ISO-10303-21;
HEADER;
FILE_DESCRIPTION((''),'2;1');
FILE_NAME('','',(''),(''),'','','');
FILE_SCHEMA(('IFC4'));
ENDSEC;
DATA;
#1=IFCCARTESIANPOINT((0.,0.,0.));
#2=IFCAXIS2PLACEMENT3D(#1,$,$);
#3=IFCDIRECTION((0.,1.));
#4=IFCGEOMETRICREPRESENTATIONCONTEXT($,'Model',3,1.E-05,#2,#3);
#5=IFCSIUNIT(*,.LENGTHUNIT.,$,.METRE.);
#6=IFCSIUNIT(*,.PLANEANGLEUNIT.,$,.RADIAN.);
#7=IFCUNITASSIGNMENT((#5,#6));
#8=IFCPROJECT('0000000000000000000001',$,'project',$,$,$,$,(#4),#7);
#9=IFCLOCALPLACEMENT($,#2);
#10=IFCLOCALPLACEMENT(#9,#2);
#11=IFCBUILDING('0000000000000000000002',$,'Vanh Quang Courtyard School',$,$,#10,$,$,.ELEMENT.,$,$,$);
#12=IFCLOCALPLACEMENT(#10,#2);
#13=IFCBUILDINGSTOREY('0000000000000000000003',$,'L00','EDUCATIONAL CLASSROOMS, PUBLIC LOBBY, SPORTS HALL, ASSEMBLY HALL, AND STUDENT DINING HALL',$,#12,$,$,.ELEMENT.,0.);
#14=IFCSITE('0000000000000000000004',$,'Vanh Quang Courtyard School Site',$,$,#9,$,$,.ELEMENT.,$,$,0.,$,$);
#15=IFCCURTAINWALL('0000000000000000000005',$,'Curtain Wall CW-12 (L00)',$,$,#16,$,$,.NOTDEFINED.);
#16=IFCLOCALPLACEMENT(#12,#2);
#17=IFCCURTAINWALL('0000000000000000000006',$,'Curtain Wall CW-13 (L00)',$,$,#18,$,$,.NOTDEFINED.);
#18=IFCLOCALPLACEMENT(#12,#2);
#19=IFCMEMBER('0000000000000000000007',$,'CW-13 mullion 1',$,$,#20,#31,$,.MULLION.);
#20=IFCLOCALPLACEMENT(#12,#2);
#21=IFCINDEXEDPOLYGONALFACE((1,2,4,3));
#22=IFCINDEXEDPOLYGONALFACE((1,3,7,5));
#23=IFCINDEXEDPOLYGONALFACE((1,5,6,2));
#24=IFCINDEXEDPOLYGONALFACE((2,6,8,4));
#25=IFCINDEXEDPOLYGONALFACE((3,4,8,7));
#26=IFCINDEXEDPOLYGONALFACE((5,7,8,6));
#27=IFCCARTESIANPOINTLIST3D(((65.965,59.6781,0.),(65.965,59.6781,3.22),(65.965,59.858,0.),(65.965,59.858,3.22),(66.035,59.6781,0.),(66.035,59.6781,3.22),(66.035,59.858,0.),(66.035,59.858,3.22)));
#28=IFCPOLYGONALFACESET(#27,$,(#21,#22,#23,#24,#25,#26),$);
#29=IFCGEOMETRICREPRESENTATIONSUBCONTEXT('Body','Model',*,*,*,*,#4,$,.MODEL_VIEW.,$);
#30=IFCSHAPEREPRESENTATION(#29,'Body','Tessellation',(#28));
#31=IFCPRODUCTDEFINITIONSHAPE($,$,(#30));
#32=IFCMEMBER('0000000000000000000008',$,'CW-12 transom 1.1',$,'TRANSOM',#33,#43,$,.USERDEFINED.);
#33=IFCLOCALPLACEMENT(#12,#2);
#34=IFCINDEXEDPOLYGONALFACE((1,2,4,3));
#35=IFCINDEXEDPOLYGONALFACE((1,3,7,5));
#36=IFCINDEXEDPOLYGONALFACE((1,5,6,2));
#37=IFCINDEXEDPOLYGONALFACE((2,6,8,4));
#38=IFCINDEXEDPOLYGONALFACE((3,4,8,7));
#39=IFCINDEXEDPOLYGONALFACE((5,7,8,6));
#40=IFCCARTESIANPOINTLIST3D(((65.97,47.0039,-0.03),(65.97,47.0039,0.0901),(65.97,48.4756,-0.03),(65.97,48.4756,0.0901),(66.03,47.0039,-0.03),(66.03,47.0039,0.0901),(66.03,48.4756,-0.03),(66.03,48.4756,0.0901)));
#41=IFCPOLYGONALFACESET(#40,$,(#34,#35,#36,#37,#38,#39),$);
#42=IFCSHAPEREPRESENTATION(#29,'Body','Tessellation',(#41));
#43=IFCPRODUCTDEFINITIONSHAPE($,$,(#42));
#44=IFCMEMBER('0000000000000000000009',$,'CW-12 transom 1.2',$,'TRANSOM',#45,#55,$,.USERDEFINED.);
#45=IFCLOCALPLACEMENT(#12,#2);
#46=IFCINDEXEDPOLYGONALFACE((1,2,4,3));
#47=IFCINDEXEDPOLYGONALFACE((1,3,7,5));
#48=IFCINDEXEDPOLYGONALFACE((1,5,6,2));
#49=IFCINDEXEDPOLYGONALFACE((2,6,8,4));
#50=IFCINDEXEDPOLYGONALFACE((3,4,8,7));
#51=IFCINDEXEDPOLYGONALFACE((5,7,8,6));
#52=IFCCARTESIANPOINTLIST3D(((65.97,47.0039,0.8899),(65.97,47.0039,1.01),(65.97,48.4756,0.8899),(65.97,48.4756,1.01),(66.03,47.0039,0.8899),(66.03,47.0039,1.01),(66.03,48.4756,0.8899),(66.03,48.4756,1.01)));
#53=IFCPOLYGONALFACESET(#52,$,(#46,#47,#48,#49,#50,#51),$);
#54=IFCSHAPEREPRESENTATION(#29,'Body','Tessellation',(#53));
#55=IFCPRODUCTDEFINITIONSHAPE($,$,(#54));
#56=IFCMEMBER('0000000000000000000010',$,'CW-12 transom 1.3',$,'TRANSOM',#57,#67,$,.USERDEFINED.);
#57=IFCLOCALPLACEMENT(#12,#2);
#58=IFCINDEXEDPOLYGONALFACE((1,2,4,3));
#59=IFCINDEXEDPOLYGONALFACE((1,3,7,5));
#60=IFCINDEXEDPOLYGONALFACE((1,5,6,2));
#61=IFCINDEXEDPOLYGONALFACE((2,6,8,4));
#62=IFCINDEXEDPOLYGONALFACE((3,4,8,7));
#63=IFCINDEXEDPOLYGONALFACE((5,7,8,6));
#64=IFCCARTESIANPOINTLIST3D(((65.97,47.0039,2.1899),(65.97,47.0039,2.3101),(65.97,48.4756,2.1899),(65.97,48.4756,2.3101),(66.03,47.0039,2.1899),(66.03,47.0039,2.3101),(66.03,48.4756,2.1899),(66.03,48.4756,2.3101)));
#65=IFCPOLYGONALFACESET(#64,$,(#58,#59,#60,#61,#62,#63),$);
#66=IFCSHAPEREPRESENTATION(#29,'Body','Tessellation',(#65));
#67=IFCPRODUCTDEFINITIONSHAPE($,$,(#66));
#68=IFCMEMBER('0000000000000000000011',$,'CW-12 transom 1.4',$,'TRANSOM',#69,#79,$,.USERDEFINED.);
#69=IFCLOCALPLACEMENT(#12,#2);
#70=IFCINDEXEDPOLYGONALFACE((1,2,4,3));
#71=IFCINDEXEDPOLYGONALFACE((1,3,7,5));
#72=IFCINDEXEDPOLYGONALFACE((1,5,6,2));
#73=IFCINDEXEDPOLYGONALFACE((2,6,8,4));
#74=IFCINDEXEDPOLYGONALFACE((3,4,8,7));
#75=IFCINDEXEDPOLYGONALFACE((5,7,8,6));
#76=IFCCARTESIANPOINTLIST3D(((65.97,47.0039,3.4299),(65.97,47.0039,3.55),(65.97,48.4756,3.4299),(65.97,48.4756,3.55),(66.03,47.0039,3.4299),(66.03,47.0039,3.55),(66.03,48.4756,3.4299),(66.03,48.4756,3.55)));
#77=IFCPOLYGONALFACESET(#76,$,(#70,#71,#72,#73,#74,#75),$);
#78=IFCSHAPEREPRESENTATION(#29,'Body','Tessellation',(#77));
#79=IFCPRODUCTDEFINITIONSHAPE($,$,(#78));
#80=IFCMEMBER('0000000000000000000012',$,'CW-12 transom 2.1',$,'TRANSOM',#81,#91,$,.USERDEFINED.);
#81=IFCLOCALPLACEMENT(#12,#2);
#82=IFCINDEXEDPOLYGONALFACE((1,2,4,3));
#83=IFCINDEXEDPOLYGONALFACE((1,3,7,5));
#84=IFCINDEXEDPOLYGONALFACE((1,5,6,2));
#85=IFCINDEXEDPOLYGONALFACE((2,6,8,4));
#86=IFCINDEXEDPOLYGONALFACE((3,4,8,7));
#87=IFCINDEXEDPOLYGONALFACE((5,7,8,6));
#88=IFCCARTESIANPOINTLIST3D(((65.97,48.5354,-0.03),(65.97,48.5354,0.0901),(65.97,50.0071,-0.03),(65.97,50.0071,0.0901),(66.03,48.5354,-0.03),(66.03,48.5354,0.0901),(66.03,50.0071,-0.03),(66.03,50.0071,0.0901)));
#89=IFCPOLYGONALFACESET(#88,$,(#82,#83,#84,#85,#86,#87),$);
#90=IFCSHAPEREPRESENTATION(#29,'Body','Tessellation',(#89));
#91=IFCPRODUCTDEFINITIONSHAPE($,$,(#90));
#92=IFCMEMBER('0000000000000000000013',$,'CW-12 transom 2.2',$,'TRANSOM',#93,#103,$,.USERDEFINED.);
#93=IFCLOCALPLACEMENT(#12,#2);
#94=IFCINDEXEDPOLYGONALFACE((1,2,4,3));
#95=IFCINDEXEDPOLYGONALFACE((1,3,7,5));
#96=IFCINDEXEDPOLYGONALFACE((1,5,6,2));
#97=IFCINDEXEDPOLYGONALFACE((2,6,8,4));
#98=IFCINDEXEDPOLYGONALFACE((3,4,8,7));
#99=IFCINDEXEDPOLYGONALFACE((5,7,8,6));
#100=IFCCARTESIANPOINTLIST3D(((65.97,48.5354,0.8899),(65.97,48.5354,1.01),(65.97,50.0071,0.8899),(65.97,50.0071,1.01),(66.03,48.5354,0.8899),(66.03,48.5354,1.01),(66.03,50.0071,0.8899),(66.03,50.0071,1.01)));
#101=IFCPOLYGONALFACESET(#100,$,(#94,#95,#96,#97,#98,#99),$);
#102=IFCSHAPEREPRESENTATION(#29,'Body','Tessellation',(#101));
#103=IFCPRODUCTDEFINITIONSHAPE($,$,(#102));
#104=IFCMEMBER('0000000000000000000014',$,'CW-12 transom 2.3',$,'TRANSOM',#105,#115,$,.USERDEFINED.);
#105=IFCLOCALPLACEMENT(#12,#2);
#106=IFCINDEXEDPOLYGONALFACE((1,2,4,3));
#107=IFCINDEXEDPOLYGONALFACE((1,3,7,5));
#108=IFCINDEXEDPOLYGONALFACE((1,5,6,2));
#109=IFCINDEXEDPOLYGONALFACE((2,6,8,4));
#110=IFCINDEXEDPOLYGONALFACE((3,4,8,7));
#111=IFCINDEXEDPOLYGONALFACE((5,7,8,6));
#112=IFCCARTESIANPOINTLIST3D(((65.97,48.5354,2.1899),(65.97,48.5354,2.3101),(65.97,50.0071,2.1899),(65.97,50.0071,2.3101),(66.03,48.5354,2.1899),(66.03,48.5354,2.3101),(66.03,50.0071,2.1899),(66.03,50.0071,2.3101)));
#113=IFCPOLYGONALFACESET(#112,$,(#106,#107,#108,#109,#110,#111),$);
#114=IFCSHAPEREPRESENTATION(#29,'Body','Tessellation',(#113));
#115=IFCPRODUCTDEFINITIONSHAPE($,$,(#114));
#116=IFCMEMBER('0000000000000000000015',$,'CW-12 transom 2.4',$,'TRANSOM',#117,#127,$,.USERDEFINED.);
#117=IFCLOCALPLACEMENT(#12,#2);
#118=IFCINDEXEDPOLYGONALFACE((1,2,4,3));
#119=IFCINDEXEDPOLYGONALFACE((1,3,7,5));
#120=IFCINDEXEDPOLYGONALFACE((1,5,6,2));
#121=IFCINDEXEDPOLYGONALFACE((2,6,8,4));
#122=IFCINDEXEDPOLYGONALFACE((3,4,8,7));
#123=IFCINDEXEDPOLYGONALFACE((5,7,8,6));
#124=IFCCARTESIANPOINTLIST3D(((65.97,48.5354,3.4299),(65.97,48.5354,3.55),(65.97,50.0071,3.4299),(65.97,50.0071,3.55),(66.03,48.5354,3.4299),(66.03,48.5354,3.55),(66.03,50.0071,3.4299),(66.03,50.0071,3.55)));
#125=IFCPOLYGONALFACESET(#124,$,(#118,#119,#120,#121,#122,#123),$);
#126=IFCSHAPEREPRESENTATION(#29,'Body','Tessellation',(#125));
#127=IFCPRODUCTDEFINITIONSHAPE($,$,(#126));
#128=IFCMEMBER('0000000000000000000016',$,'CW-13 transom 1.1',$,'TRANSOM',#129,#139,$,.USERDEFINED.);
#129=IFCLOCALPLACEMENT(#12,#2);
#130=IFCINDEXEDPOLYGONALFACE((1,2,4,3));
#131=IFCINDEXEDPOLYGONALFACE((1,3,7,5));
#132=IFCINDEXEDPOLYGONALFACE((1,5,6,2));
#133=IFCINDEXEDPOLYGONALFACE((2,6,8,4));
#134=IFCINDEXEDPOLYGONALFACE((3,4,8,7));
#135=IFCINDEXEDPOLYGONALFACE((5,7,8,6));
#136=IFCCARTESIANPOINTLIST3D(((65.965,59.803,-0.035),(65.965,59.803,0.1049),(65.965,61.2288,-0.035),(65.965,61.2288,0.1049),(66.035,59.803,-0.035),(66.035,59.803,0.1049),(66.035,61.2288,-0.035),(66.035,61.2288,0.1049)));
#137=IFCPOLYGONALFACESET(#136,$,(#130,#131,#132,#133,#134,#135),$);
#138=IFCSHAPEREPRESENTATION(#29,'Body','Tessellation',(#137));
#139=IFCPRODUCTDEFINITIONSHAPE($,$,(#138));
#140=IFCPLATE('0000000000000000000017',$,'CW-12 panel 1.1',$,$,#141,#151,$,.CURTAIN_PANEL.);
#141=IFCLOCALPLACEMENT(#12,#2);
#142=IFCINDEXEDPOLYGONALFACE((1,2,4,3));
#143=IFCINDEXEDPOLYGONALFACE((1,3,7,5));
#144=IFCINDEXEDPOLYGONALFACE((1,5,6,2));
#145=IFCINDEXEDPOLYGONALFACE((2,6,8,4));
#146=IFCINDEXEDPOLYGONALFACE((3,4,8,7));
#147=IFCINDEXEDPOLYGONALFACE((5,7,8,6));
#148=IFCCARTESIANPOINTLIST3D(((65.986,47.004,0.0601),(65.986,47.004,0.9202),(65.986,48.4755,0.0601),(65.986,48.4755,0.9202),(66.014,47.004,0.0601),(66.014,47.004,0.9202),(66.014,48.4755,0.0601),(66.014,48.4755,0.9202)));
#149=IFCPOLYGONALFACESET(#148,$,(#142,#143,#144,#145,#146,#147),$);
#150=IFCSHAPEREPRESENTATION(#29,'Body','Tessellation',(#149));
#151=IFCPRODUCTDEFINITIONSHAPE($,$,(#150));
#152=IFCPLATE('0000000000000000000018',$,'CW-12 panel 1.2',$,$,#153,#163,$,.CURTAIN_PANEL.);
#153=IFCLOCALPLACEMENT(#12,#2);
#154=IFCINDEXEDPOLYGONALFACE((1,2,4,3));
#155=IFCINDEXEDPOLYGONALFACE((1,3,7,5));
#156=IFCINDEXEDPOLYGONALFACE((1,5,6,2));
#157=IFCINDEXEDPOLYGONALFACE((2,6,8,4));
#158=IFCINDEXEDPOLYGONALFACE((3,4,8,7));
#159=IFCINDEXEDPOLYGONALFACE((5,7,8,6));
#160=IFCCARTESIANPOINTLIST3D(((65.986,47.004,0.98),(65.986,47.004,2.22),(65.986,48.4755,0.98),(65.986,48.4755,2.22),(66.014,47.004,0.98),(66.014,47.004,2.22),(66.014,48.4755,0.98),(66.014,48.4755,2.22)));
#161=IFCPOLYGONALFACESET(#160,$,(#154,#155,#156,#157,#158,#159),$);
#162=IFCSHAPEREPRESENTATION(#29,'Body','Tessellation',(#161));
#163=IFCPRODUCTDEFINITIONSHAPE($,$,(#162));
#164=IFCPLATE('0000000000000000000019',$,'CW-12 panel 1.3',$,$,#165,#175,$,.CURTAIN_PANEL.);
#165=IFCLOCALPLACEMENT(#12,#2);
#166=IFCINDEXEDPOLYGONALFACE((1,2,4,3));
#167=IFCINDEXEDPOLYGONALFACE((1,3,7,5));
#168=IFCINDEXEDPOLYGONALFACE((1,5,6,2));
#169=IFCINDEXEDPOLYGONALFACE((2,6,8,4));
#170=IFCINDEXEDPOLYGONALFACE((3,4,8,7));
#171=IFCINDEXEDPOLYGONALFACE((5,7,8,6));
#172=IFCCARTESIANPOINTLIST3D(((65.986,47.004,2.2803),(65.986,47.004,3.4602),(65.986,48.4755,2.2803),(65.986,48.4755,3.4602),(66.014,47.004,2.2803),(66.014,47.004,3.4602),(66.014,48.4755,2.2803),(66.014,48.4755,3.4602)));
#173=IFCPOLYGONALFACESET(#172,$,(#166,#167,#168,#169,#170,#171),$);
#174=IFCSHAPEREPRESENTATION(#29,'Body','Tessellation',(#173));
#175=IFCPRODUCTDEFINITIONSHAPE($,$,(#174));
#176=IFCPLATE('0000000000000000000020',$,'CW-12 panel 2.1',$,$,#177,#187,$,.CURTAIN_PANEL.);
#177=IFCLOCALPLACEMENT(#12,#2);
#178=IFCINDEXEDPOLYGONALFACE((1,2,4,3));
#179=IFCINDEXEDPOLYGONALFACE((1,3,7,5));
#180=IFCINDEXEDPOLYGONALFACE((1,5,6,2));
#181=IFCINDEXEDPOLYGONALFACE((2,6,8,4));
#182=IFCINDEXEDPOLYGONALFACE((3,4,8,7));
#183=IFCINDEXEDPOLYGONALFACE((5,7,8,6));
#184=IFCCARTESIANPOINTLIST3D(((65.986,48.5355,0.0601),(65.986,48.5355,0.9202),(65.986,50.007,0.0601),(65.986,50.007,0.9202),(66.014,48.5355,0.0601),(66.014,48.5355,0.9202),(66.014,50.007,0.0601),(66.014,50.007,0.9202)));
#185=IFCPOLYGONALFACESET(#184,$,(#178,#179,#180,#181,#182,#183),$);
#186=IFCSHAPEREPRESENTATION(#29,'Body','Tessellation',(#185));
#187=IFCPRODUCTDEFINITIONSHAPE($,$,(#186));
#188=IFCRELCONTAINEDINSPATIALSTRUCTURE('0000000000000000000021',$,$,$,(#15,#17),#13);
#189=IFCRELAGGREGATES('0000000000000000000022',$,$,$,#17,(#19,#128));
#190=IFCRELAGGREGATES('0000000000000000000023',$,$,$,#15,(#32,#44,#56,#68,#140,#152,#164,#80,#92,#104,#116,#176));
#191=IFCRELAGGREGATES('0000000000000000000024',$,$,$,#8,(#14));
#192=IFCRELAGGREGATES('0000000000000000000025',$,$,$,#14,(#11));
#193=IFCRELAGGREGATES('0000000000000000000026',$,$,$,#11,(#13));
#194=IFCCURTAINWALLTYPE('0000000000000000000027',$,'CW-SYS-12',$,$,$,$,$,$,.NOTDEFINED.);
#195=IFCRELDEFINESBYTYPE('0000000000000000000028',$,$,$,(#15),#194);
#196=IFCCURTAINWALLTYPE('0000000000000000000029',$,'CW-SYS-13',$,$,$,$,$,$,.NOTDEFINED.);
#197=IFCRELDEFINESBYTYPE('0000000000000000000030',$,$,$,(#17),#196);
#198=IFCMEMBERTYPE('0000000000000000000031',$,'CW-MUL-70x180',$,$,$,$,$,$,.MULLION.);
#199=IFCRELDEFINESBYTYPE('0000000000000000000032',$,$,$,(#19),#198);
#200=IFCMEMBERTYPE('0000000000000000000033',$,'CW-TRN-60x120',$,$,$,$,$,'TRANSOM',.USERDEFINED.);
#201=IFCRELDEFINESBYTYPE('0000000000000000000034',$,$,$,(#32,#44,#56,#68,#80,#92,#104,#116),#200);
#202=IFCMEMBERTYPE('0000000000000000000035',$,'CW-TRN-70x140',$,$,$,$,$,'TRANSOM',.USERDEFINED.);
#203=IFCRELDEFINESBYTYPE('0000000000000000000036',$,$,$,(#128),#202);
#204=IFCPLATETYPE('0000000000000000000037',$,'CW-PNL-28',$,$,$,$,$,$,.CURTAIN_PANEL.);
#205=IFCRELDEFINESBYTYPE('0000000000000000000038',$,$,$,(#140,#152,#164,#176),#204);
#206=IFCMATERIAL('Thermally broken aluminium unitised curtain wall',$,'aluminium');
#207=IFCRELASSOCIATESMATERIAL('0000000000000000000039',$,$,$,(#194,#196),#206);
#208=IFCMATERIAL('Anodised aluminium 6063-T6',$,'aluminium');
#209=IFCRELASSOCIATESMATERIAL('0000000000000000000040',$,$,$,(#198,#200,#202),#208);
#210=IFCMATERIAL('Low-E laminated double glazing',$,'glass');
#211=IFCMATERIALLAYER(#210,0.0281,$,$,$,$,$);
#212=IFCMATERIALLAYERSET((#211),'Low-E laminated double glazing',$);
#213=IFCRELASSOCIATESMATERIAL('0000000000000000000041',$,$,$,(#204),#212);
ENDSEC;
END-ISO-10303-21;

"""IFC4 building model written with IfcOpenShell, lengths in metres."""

from ifc_helpers import new_model, si_unit, direction, frame, origin, origin_2d, place, context, subcontext, project, spatial, rectangle, extrude, material, layer, layer_set, material_profile, profile_set, type_object, element, aggregate, save


model = new_model("IFC4")

# Units and contexts
model_context = context("Model", 3, precision=1e-05, world=origin(), true_north=direction((0.0, 1.0)))
body_context = subcontext(model_context, "Body", "Model", "MODEL_VIEW")
ifc_project = project(units=[si_unit("LENGTHUNIT", "METRE"), si_unit("PLANEANGLEUNIT", "RADIAN")], contexts=[model_context])

# Site, building, storey
site_placement = place(None, origin())
site = spatial("IfcSite", under=ifc_project, at=site_placement, Name="Vanh Quang Courtyard School Site", CompositionType="ELEMENT", RefElevation=0.0)
building_placement = place(site_placement, origin())
building = spatial("IfcBuilding", under=site, at=building_placement, Name="Vanh Quang Courtyard School", CompositionType="ELEMENT")
storey_placement = place(building_placement, origin())
storey = spatial("IfcBuildingStorey", under=building, at=storey_placement, Name="L00", Description="EDUCATIONAL CLASSROOMS, PUBLIC LOBBY, SPORTS HALL, ASSEMBLY HALL, AND STUDENT DINING HALL", CompositionType="ELEMENT", Elevation=0.0)

# Curtain wall
ifc_material_1 = material(Name="Thermally broken aluminium unitised curtain wall", Category="aluminium")
curtain_wall_type_1 = type_object("IfcCurtainWallType", Name="CW-SYS-12", PredefinedType="NOTDEFINED", material=ifc_material_1)
curtain_wall_1_placement = place(storey_placement, origin())
curtain_wall_1 = element("IfcCurtainWall", 1, at=curtain_wall_1_placement, inside=storey, type_object=curtain_wall_type_1, Name="Curtain Wall CW-12 (L00)", PredefinedType="NOTDEFINED")
ifc_material_2 = material(Name="Anodised aluminium 6063-T6", Category="aluminium")

# Curtain wall, member
curtain_wall_type_2 = type_object("IfcCurtainWallType", Name="CW-SYS-13", PredefinedType="NOTDEFINED", material=ifc_material_1)
curtain_wall_2_placement = place(storey_placement, origin())
curtain_wall_2 = element("IfcCurtainWall", 2, at=curtain_wall_2_placement, inside=storey, type_object=curtain_wall_type_2, Name="Curtain Wall CW-13 (L00)", PredefinedType="NOTDEFINED")
ifc_material_profile_1 = material_profile(ifc_material_2, rectangle(XDim=0.0701, YDim=0.1799, at=origin_2d()), Name="ALU-MUL 70x180")
ifc_profile_set_1 = profile_set([ifc_material_profile_1], Name="Anodised aluminium 6063-T6")
member_type_1 = type_object("IfcMemberType", Name="CW-MUL-70x180", PredefinedType="MULLION", material=ifc_profile_set_1)
member_1_placement = place(storey_placement, frame((66.0, 59.7681, 0.0), z_axis=(0.0, 0.0, 1.0), x_axis=(-1.0, 0.0, 0.0)))
member_1 = element("IfcMember", 3, at=member_1_placement, type_object=member_type_1, Name="CW-13 mullion 1", PredefinedType="MULLION", context=body_context, shape_type="SweptSolid", body=[
    extrude(rectangle(XDim=0.0701, YDim=0.1799, at=origin_2d()), origin(), (0.0, 0.0, 1.0), 3.22),
])

# Members
ifc_material_profile_2 = material_profile(ifc_material_2, rectangle(XDim=0.0601, YDim=0.1201, at=origin_2d()), Name="ALU-TRN 60x120")
ifc_profile_set_2 = profile_set([ifc_material_profile_2], Name="Anodised aluminium 6063-T6")
member_type_2 = type_object("IfcMemberType", Name="CW-TRN-60x120", ElementType="TRANSOM", PredefinedType="USERDEFINED", material=ifc_profile_set_2)
member_2_placement = place(storey_placement, frame((66.0, 47.0039, 0.03), z_axis=(0.0, 1.0, 0.0), x_axis=(-1.0, 0.0, 0.0)))
member_2 = element("IfcMember", 4, at=member_2_placement, type_object=member_type_2, Name="CW-12 transom 1.1", ObjectType="TRANSOM", PredefinedType="USERDEFINED", context=body_context, shape_type="SweptSolid", body=[
    extrude(rectangle(XDim=0.0601, YDim=0.1201, at=origin_2d()), origin(), (0.0, 0.0, 1.0), 1.4717),
])
member_3_placement = place(storey_placement, frame((66.0, 47.0039, 0.95), z_axis=(0.0, 1.0, 0.0), x_axis=(-1.0, 0.0, 0.0)))
member_3 = element("IfcMember", 5, at=member_3_placement, type_object=member_type_2, Name="CW-12 transom 1.2", ObjectType="TRANSOM", PredefinedType="USERDEFINED", context=body_context, shape_type="SweptSolid", body=[
    extrude(rectangle(XDim=0.0601, YDim=0.1201, at=origin_2d()), origin(), (0.0, 0.0, 1.0), 1.4717),
])
member_4_placement = place(storey_placement, frame((66.0, 47.0039, 2.25), z_axis=(0.0, 1.0, 0.0), x_axis=(-1.0, 0.0, 0.0)))
member_4 = element("IfcMember", 6, at=member_4_placement, type_object=member_type_2, Name="CW-12 transom 1.3", ObjectType="TRANSOM", PredefinedType="USERDEFINED", context=body_context, shape_type="SweptSolid", body=[
    extrude(rectangle(XDim=0.0601, YDim=0.1201, at=origin_2d()), origin(), (0.0, 0.0, 1.0), 1.4717),
])
member_5_placement = place(storey_placement, frame((66.0, 47.0039, 3.49), z_axis=(0.0, 1.0, 0.0), x_axis=(-1.0, 0.0, 0.0)))
member_5 = element("IfcMember", 7, at=member_5_placement, type_object=member_type_2, Name="CW-12 transom 1.4", ObjectType="TRANSOM", PredefinedType="USERDEFINED", context=body_context, shape_type="SweptSolid", body=[
    extrude(rectangle(XDim=0.0601, YDim=0.1201, at=origin_2d()), origin(), (0.0, 0.0, 1.0), 1.4717),
])
member_6_placement = place(storey_placement, frame((66.0, 48.5354, 0.03), z_axis=(0.0, 1.0, 0.0), x_axis=(-1.0, 0.0, 0.0)))
member_6 = element("IfcMember", 8, at=member_6_placement, type_object=member_type_2, Name="CW-12 transom 2.1", ObjectType="TRANSOM", PredefinedType="USERDEFINED", context=body_context, shape_type="SweptSolid", body=[
    extrude(rectangle(XDim=0.0601, YDim=0.1201, at=origin_2d()), origin(), (0.0, 0.0, 1.0), 1.4717),
])
member_7_placement = place(storey_placement, frame((66.0, 48.5354, 0.95), z_axis=(0.0, 1.0, 0.0), x_axis=(-1.0, 0.0, 0.0)))
member_7 = element("IfcMember", 9, at=member_7_placement, type_object=member_type_2, Name="CW-12 transom 2.2", ObjectType="TRANSOM", PredefinedType="USERDEFINED", context=body_context, shape_type="SweptSolid", body=[
    extrude(rectangle(XDim=0.0601, YDim=0.1201, at=origin_2d()), origin(), (0.0, 0.0, 1.0), 1.4717),
])
member_8_placement = place(storey_placement, frame((66.0, 48.5354, 2.25), z_axis=(0.0, 1.0, 0.0), x_axis=(-1.0, 0.0, 0.0)))
member_8 = element("IfcMember", 10, at=member_8_placement, type_object=member_type_2, Name="CW-12 transom 2.3", ObjectType="TRANSOM", PredefinedType="USERDEFINED", context=body_context, shape_type="SweptSolid", body=[
    extrude(rectangle(XDim=0.0601, YDim=0.1201, at=origin_2d()), origin(), (0.0, 0.0, 1.0), 1.4717),
])
member_9_placement = place(storey_placement, frame((66.0, 48.5354, 3.49), z_axis=(0.0, 1.0, 0.0), x_axis=(-1.0, 0.0, 0.0)))
member_9 = element("IfcMember", 11, at=member_9_placement, type_object=member_type_2, Name="CW-12 transom 2.4", ObjectType="TRANSOM", PredefinedType="USERDEFINED", context=body_context, shape_type="SweptSolid", body=[
    extrude(rectangle(XDim=0.0601, YDim=0.1201, at=origin_2d()), origin(), (0.0, 0.0, 1.0), 1.4717),
])
ifc_material_profile_3 = material_profile(ifc_material_2, rectangle(XDim=0.0701, YDim=0.1399, at=origin_2d()), Name="ALU-TRN 70x140")
ifc_profile_set_3 = profile_set([ifc_material_profile_3], Name="Anodised aluminium 6063-T6")
member_type_3 = type_object("IfcMemberType", Name="CW-TRN-70x140", ElementType="TRANSOM", PredefinedType="USERDEFINED", material=ifc_profile_set_3)
member_10_placement = place(storey_placement, frame((66.0, 59.803, 0.0349), z_axis=(0.0, 1.0, 0.0), x_axis=(-1.0, 0.0, 0.0)))
member_10 = element("IfcMember", 12, at=member_10_placement, type_object=member_type_3, Name="CW-13 transom 1.1", ObjectType="TRANSOM", PredefinedType="USERDEFINED", context=body_context, shape_type="SweptSolid", body=[
    extrude(rectangle(XDim=0.0701, YDim=0.1399, at=origin_2d()), origin(), (0.0, 0.0, 1.0), 1.4258),
])
aggregate(curtain_wall_2, [member_1, member_10])

# Plates
ifc_material_3 = material(Name="Low-E laminated double glazing", Category="glass")
ifc_layer_1 = layer(ifc_material_3, 0.0281)
ifc_layer_set_1 = layer_set([ifc_layer_1], Name="Low-E laminated double glazing")
plate_type = type_object("IfcPlateType", Name="CW-PNL-28", PredefinedType="CURTAIN_PANEL", material=ifc_layer_set_1)
plate_1_placement = place(storey_placement, frame((66.0, 47.7397, 0.0601), z_axis=(0.0, 0.0, 1.0), x_axis=(0.0, 1.0, 0.0)))
plate_1 = element("IfcPlate", 13, at=plate_1_placement, type_object=plate_type, Name="CW-12 panel 1.1", PredefinedType="CURTAIN_PANEL", context=body_context, shape_type="SweptSolid", body=[
    extrude(rectangle(XDim=1.4714, YDim=0.0281, at=origin_2d()), origin(), (0.0, 0.0, 1.0), 0.8601),
])
plate_2_placement = place(storey_placement, frame((66.0, 47.7397, 0.98), z_axis=(0.0, 0.0, 1.0), x_axis=(0.0, 1.0, 0.0)))
plate_2 = element("IfcPlate", 14, at=plate_2_placement, type_object=plate_type, Name="CW-12 panel 1.2", PredefinedType="CURTAIN_PANEL", context=body_context, shape_type="SweptSolid", body=[
    extrude(rectangle(XDim=1.4714, YDim=0.0281, at=origin_2d()), origin(), (0.0, 0.0, 1.0), 1.24),
])
plate_3_placement = place(storey_placement, frame((66.0, 47.7397, 2.2803), z_axis=(0.0, 0.0, 1.0), x_axis=(0.0, 1.0, 0.0)))
plate_3 = element("IfcPlate", 15, at=plate_3_placement, type_object=plate_type, Name="CW-12 panel 1.3", PredefinedType="CURTAIN_PANEL", context=body_context, shape_type="SweptSolid", body=[
    extrude(rectangle(XDim=1.4714, YDim=0.0281, at=origin_2d()), origin(), (0.0, 0.0, 1.0), 1.1799),
])
plate_4_placement = place(storey_placement, frame((66.0, 49.2712, 0.0601), z_axis=(0.0, 0.0, 1.0), x_axis=(0.0, 1.0, 0.0)))
plate_4 = element("IfcPlate", 16, at=plate_4_placement, type_object=plate_type, Name="CW-12 panel 2.1", PredefinedType="CURTAIN_PANEL", context=body_context, shape_type="SweptSolid", body=[
    extrude(rectangle(XDim=1.4714, YDim=0.0281, at=origin_2d()), origin(), (0.0, 0.0, 1.0), 0.8601),
])
aggregate(curtain_wall_1, [member_2, member_3, member_4, member_5, plate_1, plate_2, plate_3, member_6, member_7, member_8, member_9, plate_4])

save(model, "model.ifc")
